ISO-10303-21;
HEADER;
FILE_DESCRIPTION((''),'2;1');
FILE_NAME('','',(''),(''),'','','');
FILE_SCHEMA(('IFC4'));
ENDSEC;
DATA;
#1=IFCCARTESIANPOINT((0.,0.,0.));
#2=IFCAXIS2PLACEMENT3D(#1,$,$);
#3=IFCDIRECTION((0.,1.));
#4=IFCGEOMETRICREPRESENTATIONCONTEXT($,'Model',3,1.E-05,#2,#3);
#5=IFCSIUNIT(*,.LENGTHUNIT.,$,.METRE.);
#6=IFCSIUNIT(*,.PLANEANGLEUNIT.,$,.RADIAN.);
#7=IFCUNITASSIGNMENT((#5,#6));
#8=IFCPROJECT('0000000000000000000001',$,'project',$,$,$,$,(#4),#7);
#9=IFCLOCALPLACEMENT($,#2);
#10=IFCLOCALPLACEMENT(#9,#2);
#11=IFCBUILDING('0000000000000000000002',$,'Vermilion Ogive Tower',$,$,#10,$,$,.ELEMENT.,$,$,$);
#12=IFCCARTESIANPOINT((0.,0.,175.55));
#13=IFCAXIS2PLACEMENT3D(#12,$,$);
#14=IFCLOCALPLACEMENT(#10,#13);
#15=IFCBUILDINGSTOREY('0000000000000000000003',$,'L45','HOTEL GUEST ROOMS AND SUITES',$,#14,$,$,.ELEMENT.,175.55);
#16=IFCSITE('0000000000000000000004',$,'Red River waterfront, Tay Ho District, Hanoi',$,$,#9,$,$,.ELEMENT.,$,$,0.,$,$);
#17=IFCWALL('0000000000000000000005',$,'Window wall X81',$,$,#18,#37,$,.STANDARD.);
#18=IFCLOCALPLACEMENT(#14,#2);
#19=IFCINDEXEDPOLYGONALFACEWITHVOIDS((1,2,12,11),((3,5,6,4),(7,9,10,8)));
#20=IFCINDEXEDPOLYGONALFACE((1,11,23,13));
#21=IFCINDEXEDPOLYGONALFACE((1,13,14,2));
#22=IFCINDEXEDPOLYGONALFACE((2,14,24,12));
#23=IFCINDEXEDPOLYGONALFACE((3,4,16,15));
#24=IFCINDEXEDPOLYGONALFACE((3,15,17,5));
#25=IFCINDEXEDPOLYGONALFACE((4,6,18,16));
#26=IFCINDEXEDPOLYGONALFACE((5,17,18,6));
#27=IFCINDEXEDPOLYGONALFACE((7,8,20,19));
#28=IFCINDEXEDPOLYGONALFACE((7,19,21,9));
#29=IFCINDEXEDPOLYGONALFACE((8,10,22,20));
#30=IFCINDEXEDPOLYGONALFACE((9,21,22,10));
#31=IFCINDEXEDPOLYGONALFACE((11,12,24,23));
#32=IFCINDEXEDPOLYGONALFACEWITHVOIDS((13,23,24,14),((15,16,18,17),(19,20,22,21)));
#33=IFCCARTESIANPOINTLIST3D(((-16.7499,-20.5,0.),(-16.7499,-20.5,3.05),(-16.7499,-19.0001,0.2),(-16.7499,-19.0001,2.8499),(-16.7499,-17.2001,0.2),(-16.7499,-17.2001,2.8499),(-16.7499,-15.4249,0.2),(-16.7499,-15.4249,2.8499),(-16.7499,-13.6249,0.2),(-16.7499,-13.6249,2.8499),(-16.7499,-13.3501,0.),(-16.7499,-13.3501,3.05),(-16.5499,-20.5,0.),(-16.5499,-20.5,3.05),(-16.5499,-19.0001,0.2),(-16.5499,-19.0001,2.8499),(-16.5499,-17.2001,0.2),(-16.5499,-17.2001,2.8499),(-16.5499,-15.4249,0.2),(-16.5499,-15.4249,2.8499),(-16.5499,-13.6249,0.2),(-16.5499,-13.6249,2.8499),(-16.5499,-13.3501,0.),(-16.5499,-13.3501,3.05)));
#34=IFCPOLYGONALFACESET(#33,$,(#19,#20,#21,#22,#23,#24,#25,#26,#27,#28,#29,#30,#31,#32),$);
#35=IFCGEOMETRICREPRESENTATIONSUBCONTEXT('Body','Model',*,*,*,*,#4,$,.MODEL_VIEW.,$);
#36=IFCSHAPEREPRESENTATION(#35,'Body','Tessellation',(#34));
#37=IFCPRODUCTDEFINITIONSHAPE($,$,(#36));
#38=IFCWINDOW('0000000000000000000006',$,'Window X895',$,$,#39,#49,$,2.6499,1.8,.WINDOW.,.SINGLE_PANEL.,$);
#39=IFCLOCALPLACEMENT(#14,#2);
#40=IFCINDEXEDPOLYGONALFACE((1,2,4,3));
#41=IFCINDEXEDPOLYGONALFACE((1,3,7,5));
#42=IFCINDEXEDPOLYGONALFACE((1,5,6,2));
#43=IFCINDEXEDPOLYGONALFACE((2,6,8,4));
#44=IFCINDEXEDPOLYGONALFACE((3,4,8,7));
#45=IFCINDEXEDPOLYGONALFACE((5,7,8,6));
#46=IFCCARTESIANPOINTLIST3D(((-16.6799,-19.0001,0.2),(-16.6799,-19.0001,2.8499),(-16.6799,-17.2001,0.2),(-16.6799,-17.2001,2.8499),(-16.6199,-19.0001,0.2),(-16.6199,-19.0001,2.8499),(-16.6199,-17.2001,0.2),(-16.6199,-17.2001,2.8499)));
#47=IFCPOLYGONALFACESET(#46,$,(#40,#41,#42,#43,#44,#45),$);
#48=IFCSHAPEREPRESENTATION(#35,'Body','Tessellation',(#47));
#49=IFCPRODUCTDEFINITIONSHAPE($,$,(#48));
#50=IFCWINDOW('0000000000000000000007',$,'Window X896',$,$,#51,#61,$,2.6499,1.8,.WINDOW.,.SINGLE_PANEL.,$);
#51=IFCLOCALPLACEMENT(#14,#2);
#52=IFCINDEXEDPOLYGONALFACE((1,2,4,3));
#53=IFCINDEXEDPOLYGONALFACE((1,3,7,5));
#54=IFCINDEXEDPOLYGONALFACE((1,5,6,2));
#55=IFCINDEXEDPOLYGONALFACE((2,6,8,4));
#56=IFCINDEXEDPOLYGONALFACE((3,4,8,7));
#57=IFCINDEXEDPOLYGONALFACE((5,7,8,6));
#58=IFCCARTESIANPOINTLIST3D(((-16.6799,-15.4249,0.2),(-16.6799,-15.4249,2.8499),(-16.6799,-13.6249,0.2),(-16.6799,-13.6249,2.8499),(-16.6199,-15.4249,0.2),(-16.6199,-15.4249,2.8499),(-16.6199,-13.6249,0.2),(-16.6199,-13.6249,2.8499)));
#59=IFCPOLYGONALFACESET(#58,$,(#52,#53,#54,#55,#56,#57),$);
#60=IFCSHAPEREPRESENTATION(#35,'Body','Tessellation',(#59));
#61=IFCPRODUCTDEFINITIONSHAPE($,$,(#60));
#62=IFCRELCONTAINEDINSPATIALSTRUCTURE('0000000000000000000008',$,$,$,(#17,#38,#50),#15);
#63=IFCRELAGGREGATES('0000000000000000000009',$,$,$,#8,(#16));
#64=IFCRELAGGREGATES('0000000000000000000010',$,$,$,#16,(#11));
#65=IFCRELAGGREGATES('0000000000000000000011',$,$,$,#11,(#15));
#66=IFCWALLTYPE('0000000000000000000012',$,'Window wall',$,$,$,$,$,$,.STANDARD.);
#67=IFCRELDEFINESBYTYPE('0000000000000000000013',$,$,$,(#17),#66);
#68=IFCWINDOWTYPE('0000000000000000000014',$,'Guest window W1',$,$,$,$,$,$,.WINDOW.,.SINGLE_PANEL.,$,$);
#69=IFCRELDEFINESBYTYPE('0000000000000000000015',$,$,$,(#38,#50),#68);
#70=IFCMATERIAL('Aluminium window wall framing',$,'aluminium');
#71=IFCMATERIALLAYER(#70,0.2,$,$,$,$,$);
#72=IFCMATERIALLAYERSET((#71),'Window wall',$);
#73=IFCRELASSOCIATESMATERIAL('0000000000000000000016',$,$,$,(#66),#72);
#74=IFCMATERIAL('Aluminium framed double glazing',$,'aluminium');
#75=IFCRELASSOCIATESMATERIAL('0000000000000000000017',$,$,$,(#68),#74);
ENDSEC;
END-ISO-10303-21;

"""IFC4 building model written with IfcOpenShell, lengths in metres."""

from ifc_helpers import new_model, si_unit, direction, frame, frame_2d, origin, place, context, subcontext, project, spatial, rectangle, extrude, material, layer, layer_set, type_object, element, fill, save


model = new_model("IFC4")

# Units and contexts
model_context = context("Model", 3, precision=1e-05, world=origin(), true_north=direction((0.0, 1.0)))
body_context = subcontext(model_context, "Body", "Model", "MODEL_VIEW")
ifc_project = project(units=[si_unit("LENGTHUNIT", "METRE"), si_unit("PLANEANGLEUNIT", "RADIAN")], contexts=[model_context])

# Site, building, storey
site_placement = place(None, origin())
site = spatial("IfcSite", under=ifc_project, at=site_placement, Name="Red River waterfront, Tay Ho District, Hanoi", CompositionType="ELEMENT", RefElevation=0.0)
building_placement = place(site_placement, origin())
building = spatial("IfcBuilding", under=site, at=building_placement, Name="Vermilion Ogive Tower", CompositionType="ELEMENT")
storey_placement = place(building_placement, frame((0.0, 0.0, 175.55)))
storey = spatial("IfcBuildingStorey", under=building, at=storey_placement, Name="L45", Description="HOTEL GUEST ROOMS AND SUITES", CompositionType="ELEMENT", Elevation=175.55)

# Shared definitions
ifc_material_1 = material(Name="Aluminium window wall framing", Category="aluminium")
ifc_layer_1 = layer(ifc_material_1, 0.2)
ifc_layer_set_1 = layer_set([ifc_layer_1], Name="Window wall")
wall_type_1 = type_object("IfcWallType", Name="Window wall", PredefinedType="STANDARD", material=ifc_layer_set_1)

# Wall, openings, windows
wall_1_placement = place(storey_placement, frame((-16.6499, -13.3501, 0.0), z_axis=(0.0, 0.0, 1.0), x_axis=(0.0, -1.0, 0.0)))
wall_1 = element("IfcWall", 1, at=wall_1_placement, inside=storey, type_object=wall_type_1, Name="Window wall X81", PredefinedType="STANDARD", context=body_context, shape_type="SweptSolid", body=[
    extrude(rectangle(XDim=7.1499, YDim=0.2, at=frame_2d((3.575, 0.0))), origin(), (0.0, 0.0, 1.0), 3.05),
])
opening_1_placement = place(wall_1_placement, frame((3.8501, 0.0, 0.2)))
opening_1 = element("IfcOpeningElement", 2, at=opening_1_placement, cuts=wall_1, PredefinedType="OPENING", context=body_context, shape_type="SweptSolid", body=[
    extrude(rectangle(XDim=1.8, YDim=2.6499, at=frame_2d((0.8999, 1.325))), frame((0.0, 0.1099, 0.0), z_axis=(0.0, -1.0, 0.0), x_axis=(1.0, 0.0, 0.0)), (0.0, 0.0, 1.0), 0.22),
])
opening_2_placement = place(wall_1_placement, frame((0.2749, 0.0, 0.2)))
opening_2 = element("IfcOpeningElement", 3, at=opening_2_placement, cuts=wall_1, PredefinedType="OPENING", context=body_context, shape_type="SweptSolid", body=[
    extrude(rectangle(XDim=1.8, YDim=2.6499, at=frame_2d((0.8999, 1.325))), frame((0.0, 0.1099, 0.0), z_axis=(0.0, -1.0, 0.0), x_axis=(1.0, 0.0, 0.0)), (0.0, 0.0, 1.0), 0.22),
])
ifc_material_2 = material(Name="Aluminium framed double glazing", Category="aluminium")
window_type = type_object("IfcWindowType", Name="Guest window W1", PartitioningType="SINGLE_PANEL", PredefinedType="WINDOW", material=ifc_material_2)
window_1_placement = place(opening_1_placement, origin())
window_1 = element("IfcWindow", 4, at=window_1_placement, inside=storey, type_object=window_type, Name="Window X895", OverallHeight=2.6499, OverallWidth=1.8, PartitioningType="SINGLE_PANEL", PredefinedType="WINDOW", context=body_context, shape_type="SweptSolid", body=[
    extrude(rectangle(XDim=1.8, YDim=2.6499, at=frame_2d((0.8999, 1.325))), frame((0.0, 0.03, 0.0), z_axis=(0.0, -1.0, 0.0), x_axis=(1.0, 0.0, 0.0)), (0.0, 0.0, 1.0), 0.0601),
])
fill(opening_1, window_1)
window_2_placement = place(opening_2_placement, origin())
window_2 = element("IfcWindow", 5, at=window_2_placement, inside=storey, type_object=window_type, Name="Window X896", OverallHeight=2.6499, OverallWidth=1.8, PartitioningType="SINGLE_PANEL", PredefinedType="WINDOW", context=body_context, shape_type="SweptSolid", body=[
    extrude(rectangle(XDim=1.8, YDim=2.6499, at=frame_2d((0.8999, 1.325))), frame((0.0, 0.03, 0.0), z_axis=(0.0, -1.0, 0.0), x_axis=(1.0, 0.0, 0.0)), (0.0, 0.0, 1.0), 0.0601),
])
fill(opening_2, window_2)

save(model, "model.ifc")
